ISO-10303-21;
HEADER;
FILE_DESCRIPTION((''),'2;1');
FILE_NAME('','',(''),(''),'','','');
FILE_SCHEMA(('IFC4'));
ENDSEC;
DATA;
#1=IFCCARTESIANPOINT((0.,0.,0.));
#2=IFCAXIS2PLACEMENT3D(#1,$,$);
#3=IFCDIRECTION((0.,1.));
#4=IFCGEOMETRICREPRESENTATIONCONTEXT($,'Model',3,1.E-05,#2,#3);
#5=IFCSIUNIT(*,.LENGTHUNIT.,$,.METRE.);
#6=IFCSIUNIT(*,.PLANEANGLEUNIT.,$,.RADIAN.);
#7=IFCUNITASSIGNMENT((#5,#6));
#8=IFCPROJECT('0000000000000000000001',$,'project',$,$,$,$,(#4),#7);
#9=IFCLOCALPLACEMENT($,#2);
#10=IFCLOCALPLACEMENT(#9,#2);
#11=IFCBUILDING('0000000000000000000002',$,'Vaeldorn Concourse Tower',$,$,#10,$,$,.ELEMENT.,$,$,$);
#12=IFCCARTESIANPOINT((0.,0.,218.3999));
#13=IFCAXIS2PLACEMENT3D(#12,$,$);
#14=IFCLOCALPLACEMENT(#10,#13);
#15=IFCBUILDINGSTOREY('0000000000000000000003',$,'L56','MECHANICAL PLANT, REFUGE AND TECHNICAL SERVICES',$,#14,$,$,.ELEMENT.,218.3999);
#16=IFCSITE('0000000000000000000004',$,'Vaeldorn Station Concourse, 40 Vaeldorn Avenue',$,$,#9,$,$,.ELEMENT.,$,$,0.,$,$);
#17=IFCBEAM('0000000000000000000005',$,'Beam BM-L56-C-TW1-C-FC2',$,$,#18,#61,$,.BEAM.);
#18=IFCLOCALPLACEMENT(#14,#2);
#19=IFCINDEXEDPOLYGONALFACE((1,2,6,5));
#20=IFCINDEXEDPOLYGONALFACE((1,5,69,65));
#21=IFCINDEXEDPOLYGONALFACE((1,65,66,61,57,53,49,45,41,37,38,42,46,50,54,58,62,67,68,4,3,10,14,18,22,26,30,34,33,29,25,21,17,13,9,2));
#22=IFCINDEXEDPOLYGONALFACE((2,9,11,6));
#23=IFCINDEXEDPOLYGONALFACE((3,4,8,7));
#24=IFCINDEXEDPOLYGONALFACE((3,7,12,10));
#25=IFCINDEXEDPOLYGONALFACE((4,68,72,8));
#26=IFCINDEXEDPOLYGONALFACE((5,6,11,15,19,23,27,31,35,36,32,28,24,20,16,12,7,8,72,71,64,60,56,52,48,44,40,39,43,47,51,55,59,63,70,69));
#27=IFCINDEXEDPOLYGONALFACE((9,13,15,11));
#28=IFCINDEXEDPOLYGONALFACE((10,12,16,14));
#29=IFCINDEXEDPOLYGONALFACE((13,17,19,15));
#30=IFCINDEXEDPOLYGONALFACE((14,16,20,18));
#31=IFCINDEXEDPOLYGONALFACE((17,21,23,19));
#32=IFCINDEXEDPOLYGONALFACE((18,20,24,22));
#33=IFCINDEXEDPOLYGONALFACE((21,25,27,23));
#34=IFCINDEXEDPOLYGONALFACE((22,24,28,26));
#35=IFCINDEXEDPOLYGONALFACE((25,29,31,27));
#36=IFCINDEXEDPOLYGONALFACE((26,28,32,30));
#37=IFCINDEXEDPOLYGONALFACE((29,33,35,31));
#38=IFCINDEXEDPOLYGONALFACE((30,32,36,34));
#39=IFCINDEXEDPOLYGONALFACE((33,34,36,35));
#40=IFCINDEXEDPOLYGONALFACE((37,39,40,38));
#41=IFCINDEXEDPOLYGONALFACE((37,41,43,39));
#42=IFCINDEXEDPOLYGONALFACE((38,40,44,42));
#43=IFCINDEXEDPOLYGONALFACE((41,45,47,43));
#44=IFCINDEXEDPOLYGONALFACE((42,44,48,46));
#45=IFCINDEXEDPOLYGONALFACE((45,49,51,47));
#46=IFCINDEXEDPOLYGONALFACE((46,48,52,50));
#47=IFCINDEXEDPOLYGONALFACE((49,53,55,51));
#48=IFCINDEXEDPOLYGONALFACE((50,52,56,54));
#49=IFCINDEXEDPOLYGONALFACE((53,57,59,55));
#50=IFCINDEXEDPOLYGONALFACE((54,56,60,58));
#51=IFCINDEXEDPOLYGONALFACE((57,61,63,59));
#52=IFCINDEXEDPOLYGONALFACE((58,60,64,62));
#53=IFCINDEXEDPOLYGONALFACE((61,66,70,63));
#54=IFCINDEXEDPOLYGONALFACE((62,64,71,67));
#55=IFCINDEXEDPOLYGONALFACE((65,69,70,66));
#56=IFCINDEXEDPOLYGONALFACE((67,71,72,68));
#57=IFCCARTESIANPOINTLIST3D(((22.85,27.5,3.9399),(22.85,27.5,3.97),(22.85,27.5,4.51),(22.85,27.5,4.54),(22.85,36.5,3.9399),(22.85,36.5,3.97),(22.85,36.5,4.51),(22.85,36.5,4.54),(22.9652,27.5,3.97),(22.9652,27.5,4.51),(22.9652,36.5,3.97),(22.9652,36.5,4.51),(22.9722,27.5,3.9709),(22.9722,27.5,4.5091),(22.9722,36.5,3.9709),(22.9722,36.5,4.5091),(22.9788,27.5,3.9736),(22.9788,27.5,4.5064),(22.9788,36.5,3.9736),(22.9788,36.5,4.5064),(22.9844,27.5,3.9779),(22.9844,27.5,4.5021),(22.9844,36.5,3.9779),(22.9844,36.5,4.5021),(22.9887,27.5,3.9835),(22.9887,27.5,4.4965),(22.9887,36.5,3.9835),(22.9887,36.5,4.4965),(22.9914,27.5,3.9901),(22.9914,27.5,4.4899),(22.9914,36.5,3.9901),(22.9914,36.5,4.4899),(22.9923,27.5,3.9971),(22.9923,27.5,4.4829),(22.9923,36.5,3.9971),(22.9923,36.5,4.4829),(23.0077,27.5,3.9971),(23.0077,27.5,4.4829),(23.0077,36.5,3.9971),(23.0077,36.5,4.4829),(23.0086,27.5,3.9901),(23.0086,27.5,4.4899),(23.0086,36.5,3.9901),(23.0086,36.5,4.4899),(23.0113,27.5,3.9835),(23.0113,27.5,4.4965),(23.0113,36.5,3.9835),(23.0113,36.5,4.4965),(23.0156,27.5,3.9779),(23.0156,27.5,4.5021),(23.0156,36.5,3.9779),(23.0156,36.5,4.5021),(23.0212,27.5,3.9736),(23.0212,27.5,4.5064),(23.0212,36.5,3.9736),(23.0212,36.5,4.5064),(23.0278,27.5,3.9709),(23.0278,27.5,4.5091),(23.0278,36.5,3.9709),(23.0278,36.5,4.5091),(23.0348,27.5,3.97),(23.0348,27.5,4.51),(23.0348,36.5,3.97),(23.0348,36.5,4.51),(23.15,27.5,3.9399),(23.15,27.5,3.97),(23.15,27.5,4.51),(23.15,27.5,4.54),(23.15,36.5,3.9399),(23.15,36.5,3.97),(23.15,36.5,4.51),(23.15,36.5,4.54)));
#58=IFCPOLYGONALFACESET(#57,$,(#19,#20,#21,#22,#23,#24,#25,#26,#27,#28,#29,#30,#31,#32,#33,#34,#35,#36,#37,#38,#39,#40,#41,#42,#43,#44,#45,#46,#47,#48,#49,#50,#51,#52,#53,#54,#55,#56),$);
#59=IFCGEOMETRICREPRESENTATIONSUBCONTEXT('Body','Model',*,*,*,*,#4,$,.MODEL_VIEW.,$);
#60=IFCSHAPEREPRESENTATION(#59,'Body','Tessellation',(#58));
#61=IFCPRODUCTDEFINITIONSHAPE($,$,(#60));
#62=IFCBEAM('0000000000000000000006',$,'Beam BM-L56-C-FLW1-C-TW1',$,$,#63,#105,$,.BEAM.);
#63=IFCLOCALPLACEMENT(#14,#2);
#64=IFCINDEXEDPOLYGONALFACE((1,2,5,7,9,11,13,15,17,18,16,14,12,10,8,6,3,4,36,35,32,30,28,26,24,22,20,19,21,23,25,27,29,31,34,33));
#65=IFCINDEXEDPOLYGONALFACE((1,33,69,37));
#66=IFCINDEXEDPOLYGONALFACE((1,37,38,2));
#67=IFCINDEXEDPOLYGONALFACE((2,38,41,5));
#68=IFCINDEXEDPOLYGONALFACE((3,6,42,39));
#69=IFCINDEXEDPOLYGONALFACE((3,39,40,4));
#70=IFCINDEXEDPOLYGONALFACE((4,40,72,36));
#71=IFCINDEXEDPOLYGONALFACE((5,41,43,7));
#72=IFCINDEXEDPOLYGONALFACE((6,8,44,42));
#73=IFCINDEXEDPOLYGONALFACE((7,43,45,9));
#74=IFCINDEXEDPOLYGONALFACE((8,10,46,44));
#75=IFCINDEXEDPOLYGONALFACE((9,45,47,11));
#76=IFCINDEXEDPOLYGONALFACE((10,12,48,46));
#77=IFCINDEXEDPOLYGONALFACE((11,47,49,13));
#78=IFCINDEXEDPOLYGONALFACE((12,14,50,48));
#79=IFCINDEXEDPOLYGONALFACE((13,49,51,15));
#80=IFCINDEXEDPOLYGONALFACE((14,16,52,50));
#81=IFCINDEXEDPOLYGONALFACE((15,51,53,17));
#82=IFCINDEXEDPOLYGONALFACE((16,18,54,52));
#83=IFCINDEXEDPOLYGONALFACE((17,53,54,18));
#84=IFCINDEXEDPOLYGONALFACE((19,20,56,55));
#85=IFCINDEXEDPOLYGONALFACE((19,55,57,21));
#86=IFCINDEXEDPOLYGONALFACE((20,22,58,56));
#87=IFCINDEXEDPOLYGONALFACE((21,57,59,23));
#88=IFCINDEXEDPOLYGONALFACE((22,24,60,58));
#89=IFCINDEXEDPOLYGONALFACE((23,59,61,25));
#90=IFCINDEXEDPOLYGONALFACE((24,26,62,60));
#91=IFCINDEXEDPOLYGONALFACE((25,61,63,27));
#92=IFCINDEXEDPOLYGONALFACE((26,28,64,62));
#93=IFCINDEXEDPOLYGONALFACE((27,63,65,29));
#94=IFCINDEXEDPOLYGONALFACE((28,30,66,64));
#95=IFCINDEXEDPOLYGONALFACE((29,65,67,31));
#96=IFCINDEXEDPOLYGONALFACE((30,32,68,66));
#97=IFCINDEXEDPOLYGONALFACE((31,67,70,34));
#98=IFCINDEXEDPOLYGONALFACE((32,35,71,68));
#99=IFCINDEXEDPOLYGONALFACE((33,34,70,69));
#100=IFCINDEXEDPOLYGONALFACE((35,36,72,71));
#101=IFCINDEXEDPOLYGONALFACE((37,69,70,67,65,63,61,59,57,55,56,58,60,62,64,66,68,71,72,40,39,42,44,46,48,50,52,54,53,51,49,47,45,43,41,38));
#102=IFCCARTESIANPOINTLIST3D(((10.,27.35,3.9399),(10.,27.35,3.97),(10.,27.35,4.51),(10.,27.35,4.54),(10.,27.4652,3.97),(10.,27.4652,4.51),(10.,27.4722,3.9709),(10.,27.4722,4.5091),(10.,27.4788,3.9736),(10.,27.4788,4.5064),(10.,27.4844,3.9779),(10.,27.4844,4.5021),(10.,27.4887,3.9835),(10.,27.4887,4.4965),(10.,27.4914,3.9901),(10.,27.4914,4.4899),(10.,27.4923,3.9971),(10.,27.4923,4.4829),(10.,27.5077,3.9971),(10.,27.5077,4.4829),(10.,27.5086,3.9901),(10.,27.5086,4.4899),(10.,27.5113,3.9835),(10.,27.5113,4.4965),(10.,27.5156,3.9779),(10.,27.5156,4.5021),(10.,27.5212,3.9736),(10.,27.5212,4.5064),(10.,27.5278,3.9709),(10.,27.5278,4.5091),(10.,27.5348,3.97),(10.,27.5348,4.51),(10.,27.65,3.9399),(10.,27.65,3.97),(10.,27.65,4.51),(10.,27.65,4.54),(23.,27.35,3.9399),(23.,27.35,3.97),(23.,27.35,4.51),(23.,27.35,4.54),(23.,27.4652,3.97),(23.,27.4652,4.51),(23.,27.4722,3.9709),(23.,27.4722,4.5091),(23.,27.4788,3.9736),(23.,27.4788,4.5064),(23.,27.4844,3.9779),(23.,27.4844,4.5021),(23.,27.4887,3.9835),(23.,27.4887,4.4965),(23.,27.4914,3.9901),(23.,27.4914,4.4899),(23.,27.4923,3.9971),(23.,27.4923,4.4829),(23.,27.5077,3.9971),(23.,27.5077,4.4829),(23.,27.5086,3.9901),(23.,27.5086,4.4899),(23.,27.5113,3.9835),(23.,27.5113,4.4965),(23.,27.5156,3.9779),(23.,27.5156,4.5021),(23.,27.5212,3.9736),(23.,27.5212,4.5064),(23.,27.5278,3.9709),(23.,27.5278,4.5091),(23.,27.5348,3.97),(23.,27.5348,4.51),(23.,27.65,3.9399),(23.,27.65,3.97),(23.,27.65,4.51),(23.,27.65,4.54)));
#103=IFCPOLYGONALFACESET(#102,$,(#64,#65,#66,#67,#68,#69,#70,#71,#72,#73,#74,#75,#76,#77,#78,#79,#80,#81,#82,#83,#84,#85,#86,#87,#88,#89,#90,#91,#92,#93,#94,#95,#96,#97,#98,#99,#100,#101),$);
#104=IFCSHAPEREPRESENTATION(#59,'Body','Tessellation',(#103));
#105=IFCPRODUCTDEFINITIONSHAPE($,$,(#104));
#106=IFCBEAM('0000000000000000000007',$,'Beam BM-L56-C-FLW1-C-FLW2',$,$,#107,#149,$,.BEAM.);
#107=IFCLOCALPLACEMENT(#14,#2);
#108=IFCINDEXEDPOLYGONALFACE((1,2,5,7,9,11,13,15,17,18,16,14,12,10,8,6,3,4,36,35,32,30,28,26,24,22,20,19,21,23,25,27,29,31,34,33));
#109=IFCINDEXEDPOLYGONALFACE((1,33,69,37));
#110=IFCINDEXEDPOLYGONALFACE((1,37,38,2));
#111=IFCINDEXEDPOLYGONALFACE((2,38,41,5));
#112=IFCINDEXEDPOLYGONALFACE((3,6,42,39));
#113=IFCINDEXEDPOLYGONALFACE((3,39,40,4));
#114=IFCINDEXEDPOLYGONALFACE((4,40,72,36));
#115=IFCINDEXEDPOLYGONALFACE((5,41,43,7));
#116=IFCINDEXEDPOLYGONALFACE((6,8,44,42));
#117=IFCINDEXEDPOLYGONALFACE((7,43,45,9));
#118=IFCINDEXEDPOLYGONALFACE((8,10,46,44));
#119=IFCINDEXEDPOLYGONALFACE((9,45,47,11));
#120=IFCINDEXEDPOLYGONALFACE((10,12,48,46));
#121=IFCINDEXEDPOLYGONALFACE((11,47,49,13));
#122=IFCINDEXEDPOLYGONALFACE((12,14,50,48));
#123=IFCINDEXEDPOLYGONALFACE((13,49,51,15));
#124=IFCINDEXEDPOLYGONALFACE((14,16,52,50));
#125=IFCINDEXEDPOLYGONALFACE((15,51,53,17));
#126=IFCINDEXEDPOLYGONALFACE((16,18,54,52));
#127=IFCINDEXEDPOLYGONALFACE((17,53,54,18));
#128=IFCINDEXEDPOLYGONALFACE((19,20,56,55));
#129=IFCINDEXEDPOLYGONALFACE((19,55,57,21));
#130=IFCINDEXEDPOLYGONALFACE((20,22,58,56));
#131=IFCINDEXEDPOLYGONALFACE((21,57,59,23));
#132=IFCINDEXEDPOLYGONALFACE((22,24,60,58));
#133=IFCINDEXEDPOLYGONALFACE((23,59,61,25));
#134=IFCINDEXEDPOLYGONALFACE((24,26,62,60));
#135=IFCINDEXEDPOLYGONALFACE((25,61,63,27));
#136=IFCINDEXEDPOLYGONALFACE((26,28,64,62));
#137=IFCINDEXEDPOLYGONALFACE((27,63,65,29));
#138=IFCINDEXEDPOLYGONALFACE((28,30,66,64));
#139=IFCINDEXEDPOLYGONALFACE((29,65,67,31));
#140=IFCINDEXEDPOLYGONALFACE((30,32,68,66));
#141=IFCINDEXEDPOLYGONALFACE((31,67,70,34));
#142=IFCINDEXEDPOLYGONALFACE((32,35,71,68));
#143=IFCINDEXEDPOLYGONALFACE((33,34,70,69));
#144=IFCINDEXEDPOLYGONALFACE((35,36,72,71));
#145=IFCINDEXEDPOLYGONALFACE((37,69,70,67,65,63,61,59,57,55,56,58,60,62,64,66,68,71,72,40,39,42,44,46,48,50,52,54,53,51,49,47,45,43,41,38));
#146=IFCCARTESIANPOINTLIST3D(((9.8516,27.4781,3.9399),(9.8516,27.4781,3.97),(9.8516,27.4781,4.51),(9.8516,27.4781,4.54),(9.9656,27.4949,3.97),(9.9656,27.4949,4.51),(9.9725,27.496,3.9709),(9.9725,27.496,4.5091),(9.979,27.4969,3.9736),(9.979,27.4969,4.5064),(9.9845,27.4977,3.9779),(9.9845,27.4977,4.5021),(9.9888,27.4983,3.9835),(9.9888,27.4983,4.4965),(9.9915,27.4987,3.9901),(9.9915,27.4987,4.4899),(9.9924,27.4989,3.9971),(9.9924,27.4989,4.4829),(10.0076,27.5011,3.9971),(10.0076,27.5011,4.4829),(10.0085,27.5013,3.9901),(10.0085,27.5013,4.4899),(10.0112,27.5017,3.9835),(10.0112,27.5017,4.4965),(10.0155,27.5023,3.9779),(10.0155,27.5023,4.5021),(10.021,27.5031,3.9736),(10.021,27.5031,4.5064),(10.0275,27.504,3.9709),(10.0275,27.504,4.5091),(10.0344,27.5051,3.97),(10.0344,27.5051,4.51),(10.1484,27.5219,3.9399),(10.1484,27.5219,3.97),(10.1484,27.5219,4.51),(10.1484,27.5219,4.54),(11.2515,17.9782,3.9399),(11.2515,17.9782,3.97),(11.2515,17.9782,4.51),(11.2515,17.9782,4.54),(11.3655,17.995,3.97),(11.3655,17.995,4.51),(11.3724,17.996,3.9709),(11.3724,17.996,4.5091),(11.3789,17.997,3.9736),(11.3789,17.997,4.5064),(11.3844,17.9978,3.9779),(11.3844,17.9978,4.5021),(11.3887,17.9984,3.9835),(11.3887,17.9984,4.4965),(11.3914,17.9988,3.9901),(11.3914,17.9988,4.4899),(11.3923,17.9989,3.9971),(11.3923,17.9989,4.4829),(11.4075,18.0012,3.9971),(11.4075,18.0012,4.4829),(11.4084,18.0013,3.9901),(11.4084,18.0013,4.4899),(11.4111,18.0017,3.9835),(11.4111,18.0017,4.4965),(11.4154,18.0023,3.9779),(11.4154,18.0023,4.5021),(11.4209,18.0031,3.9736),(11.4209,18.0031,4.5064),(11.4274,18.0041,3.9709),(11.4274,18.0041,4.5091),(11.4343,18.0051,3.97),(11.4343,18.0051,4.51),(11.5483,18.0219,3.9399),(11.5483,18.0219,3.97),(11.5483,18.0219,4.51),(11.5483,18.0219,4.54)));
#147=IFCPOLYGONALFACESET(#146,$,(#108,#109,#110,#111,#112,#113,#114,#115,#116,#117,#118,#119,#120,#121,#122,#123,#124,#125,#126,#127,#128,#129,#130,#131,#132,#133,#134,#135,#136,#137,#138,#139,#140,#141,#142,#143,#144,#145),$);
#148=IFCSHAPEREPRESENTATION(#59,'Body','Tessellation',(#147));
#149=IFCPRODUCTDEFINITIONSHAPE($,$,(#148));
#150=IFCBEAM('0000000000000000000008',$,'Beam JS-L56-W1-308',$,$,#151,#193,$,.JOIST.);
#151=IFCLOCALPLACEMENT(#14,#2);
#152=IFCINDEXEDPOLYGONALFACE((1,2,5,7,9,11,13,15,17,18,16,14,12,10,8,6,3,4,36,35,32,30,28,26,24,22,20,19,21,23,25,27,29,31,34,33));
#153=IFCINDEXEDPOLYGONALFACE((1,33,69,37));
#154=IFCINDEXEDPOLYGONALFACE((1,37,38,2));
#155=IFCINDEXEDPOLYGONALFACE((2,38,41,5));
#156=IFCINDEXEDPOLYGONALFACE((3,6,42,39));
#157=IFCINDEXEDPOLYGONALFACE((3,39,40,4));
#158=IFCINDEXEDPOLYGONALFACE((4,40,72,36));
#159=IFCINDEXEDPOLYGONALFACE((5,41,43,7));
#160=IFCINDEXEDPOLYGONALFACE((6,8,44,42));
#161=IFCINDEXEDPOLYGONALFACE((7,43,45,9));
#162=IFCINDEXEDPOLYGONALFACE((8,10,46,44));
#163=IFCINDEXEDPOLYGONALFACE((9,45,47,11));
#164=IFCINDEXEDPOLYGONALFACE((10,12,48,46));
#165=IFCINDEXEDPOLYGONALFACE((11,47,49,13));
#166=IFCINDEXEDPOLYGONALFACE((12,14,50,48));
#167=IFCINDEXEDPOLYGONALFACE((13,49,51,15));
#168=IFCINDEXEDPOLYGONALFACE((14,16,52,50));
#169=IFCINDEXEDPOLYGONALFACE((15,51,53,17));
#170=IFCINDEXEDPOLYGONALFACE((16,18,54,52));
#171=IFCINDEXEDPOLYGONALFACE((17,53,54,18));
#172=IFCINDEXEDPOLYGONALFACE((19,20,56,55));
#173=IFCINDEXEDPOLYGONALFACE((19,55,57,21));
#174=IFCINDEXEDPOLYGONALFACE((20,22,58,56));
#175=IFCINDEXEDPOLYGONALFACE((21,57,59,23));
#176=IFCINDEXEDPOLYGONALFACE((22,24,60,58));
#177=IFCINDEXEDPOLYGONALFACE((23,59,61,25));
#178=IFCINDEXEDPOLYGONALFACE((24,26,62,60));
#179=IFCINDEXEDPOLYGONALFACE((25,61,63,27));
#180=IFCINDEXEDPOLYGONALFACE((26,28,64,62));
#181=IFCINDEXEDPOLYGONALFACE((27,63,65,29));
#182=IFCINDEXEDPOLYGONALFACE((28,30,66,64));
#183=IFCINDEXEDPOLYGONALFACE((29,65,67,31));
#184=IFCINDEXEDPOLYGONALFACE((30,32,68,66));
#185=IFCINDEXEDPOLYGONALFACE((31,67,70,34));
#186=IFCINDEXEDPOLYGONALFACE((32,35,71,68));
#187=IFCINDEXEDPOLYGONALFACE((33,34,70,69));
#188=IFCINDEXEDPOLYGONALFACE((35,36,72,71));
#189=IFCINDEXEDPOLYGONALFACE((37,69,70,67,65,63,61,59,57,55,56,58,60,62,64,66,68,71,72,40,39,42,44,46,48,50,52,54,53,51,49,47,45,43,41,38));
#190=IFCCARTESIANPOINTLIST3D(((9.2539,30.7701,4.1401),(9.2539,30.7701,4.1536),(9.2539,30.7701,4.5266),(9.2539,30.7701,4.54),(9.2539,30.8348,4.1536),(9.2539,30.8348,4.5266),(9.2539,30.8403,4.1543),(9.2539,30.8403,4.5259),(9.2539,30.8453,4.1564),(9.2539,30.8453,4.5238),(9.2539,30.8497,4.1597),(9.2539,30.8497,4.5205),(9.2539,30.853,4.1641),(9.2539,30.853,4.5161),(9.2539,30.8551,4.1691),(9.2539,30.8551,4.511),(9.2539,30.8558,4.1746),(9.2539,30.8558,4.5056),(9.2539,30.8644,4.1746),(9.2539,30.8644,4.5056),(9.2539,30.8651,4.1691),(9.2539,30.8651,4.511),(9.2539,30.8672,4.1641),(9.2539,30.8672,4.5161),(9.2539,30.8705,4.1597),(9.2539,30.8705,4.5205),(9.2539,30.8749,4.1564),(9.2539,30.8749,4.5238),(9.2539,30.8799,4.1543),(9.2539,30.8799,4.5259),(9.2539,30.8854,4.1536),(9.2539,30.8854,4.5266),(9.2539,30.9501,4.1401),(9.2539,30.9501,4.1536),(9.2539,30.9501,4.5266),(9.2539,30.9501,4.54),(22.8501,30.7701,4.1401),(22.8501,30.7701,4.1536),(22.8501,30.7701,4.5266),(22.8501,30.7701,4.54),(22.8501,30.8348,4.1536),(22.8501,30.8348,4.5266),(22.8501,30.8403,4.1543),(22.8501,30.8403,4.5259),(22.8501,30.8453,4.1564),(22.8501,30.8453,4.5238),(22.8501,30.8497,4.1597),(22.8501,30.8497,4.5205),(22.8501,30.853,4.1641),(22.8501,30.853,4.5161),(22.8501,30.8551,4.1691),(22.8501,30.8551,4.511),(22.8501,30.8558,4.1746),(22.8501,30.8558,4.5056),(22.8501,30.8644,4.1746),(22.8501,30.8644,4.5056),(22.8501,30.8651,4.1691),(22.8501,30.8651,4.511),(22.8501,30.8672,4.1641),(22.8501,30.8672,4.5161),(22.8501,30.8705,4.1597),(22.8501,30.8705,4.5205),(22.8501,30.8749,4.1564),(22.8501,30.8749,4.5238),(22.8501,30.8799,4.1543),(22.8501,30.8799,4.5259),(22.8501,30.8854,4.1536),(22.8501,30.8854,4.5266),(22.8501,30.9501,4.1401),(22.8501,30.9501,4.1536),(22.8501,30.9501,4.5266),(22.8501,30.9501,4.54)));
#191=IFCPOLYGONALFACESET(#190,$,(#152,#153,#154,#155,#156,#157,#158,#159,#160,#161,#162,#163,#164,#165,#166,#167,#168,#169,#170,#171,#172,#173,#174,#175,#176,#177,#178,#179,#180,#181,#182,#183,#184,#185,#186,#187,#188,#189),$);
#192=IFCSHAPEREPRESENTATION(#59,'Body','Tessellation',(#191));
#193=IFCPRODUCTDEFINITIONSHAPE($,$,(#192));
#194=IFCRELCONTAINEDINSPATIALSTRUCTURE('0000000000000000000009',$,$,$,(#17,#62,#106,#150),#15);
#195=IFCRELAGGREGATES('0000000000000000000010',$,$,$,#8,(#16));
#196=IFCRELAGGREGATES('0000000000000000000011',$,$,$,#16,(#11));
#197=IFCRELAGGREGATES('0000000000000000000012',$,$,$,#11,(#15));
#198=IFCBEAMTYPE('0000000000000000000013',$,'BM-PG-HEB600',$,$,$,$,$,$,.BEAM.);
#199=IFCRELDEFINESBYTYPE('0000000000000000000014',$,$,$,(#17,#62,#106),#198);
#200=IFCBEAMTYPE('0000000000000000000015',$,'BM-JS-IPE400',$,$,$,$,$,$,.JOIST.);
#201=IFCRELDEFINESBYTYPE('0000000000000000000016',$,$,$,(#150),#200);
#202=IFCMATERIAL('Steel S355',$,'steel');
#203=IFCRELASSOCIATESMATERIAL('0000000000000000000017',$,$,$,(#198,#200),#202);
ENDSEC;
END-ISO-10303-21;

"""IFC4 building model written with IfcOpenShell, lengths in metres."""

from ifc_helpers import new_model, si_unit, direction, frame, origin, origin_2d, place, context, subcontext, project, spatial, i_section, extrude, source, transform, mapped, material, material_profile, profile_set, type_object, element, save


model = new_model("IFC4")

# Units and contexts
model_context = context("Model", 3, precision=1e-05, world=origin(), true_north=direction((0.0, 1.0)))
body_context = subcontext(model_context, "Body", "Model", "MODEL_VIEW")
ifc_project = project(units=[si_unit("LENGTHUNIT", "METRE"), si_unit("PLANEANGLEUNIT", "RADIAN")], contexts=[model_context])

# Site, building, storey
site_placement = place(None, origin())
site = spatial("IfcSite", under=ifc_project, at=site_placement, Name="Vaeldorn Station Concourse, 40 Vaeldorn Avenue", CompositionType="ELEMENT", RefElevation=0.0)
building_placement = place(site_placement, origin())
building = spatial("IfcBuilding", under=site, at=building_placement, Name="Vaeldorn Concourse Tower", CompositionType="ELEMENT")
storey_placement = place(building_placement, frame((0.0, 0.0, 218.3999)))
storey = spatial("IfcBuildingStorey", under=building, at=storey_placement, Name="L56", Description="MECHANICAL PLANT, REFUGE AND TECHNICAL SERVICES", CompositionType="ELEMENT", Elevation=218.3999)

# Shared definitions
ifc_material_1 = material(Name="Steel S355", Category="steel")

# Beams
ifc_material_profile_1 = material_profile(ifc_material_1, i_section(OverallWidth=0.3, OverallDepth=0.6001, WebThickness=0.0154, FlangeThickness=0.03, FilletRadius=0.0271, at=origin_2d()), Name="HEB 600")
ifc_profile_set_1 = profile_set([ifc_material_profile_1], Name="Steel S355")
beam_type_1 = type_object("IfcBeamType", Name="BM-PG-HEB600", PredefinedType="BEAM", material=ifc_profile_set_1)
shared_shape_1 = source(origin(), body_context, "Body", "SweptSolid", [
    extrude(i_section(OverallWidth=0.3, OverallDepth=0.6001, WebThickness=0.0154, FlangeThickness=0.03, FilletRadius=0.0271, at=origin_2d()), origin(), (0.0, 0.0, 1.0), 9.0),
])
beam_1_placement = place(storey_placement, frame((23.0, 27.5, 4.24), z_axis=(0.0, 1.0, 0.0), x_axis=(-1.0, 0.0, 0.0)))
element("IfcBeam", 1, at=beam_1_placement, inside=storey, type_object=beam_type_1, Name="Beam BM-L56-C-TW1-C-FC2", PredefinedType="BEAM", context=body_context, shape_type="MappedRepresentation", body=[
    mapped(shared_shape_1, transform((0.0, 0.0, 0.0), scale=1.0)),
])
shared_shape_2 = source(origin(), body_context, "Body", "SweptSolid", [
    extrude(i_section(OverallWidth=0.3, OverallDepth=0.6001, WebThickness=0.0154, FlangeThickness=0.03, FilletRadius=0.0271, at=origin_2d()), origin(), (0.0, 0.0, 1.0), 13.0),
])
beam_2_placement = place(storey_placement, frame((10.0, 27.5, 4.24), z_axis=(1.0, 0.0, 0.0), x_axis=(0.0, 1.0, 0.0)))
element("IfcBeam", 2, at=beam_2_placement, inside=storey, type_object=beam_type_1, Name="Beam BM-L56-C-FLW1-C-TW1", PredefinedType="BEAM", context=body_context, shape_type="MappedRepresentation", body=[
    mapped(shared_shape_2, transform((0.0, 0.0, 0.0), scale=1.0)),
])
shared_shape_3 = source(origin(), body_context, "Body", "SweptSolid", [
    extrude(i_section(OverallWidth=0.3, OverallDepth=0.6001, WebThickness=0.0154, FlangeThickness=0.03, FilletRadius=0.0271, at=origin_2d()), origin(), (0.0, 0.0, 1.0), 9.6025),
])
beam_3_placement = place(storey_placement, frame((10.0, 27.5, 4.24), z_axis=(0.145784, -0.989316, 0.0), x_axis=(0.989316, 0.145784, 0.0)))
element("IfcBeam", 3, at=beam_3_placement, inside=storey, type_object=beam_type_1, Name="Beam BM-L56-C-FLW1-C-FLW2", PredefinedType="BEAM", context=body_context, shape_type="MappedRepresentation", body=[
    mapped(shared_shape_3, transform((0.0, 0.0, 0.0), scale=1.0)),
])
ifc_material_profile_2 = material_profile(ifc_material_1, i_section(OverallWidth=0.1799, OverallDepth=0.3999, WebThickness=0.0085, FlangeThickness=0.0134, FilletRadius=0.021, at=origin_2d()), Name="IPE 400")
ifc_profile_set_2 = profile_set([ifc_material_profile_2], Name="Steel S355")
beam_type_2 = type_object("IfcBeamType", Name="BM-JS-IPE400", PredefinedType="JOIST", material=ifc_profile_set_2)
shared_shape_4 = source(origin(), body_context, "Body", "SweptSolid", [
    extrude(i_section(OverallWidth=0.1799, OverallDepth=0.3999, WebThickness=0.0085, FlangeThickness=0.0134, FilletRadius=0.021, at=origin_2d()), origin(), (0.0, 0.0, 1.0), 13.5962),
])
beam_4_placement = place(storey_placement, frame((9.2539, 30.8601, 4.3401), z_axis=(1.0, 0.0, 0.0), x_axis=(0.0, 1.0, 0.0)))
element("IfcBeam", 4, at=beam_4_placement, inside=storey, type_object=beam_type_2, Name="Beam JS-L56-W1-308", PredefinedType="JOIST", context=body_context, shape_type="MappedRepresentation", body=[
    mapped(shared_shape_4, transform((0.0, 0.0, 0.0), scale=1.0)),
])

save(model, "model.ifc")
